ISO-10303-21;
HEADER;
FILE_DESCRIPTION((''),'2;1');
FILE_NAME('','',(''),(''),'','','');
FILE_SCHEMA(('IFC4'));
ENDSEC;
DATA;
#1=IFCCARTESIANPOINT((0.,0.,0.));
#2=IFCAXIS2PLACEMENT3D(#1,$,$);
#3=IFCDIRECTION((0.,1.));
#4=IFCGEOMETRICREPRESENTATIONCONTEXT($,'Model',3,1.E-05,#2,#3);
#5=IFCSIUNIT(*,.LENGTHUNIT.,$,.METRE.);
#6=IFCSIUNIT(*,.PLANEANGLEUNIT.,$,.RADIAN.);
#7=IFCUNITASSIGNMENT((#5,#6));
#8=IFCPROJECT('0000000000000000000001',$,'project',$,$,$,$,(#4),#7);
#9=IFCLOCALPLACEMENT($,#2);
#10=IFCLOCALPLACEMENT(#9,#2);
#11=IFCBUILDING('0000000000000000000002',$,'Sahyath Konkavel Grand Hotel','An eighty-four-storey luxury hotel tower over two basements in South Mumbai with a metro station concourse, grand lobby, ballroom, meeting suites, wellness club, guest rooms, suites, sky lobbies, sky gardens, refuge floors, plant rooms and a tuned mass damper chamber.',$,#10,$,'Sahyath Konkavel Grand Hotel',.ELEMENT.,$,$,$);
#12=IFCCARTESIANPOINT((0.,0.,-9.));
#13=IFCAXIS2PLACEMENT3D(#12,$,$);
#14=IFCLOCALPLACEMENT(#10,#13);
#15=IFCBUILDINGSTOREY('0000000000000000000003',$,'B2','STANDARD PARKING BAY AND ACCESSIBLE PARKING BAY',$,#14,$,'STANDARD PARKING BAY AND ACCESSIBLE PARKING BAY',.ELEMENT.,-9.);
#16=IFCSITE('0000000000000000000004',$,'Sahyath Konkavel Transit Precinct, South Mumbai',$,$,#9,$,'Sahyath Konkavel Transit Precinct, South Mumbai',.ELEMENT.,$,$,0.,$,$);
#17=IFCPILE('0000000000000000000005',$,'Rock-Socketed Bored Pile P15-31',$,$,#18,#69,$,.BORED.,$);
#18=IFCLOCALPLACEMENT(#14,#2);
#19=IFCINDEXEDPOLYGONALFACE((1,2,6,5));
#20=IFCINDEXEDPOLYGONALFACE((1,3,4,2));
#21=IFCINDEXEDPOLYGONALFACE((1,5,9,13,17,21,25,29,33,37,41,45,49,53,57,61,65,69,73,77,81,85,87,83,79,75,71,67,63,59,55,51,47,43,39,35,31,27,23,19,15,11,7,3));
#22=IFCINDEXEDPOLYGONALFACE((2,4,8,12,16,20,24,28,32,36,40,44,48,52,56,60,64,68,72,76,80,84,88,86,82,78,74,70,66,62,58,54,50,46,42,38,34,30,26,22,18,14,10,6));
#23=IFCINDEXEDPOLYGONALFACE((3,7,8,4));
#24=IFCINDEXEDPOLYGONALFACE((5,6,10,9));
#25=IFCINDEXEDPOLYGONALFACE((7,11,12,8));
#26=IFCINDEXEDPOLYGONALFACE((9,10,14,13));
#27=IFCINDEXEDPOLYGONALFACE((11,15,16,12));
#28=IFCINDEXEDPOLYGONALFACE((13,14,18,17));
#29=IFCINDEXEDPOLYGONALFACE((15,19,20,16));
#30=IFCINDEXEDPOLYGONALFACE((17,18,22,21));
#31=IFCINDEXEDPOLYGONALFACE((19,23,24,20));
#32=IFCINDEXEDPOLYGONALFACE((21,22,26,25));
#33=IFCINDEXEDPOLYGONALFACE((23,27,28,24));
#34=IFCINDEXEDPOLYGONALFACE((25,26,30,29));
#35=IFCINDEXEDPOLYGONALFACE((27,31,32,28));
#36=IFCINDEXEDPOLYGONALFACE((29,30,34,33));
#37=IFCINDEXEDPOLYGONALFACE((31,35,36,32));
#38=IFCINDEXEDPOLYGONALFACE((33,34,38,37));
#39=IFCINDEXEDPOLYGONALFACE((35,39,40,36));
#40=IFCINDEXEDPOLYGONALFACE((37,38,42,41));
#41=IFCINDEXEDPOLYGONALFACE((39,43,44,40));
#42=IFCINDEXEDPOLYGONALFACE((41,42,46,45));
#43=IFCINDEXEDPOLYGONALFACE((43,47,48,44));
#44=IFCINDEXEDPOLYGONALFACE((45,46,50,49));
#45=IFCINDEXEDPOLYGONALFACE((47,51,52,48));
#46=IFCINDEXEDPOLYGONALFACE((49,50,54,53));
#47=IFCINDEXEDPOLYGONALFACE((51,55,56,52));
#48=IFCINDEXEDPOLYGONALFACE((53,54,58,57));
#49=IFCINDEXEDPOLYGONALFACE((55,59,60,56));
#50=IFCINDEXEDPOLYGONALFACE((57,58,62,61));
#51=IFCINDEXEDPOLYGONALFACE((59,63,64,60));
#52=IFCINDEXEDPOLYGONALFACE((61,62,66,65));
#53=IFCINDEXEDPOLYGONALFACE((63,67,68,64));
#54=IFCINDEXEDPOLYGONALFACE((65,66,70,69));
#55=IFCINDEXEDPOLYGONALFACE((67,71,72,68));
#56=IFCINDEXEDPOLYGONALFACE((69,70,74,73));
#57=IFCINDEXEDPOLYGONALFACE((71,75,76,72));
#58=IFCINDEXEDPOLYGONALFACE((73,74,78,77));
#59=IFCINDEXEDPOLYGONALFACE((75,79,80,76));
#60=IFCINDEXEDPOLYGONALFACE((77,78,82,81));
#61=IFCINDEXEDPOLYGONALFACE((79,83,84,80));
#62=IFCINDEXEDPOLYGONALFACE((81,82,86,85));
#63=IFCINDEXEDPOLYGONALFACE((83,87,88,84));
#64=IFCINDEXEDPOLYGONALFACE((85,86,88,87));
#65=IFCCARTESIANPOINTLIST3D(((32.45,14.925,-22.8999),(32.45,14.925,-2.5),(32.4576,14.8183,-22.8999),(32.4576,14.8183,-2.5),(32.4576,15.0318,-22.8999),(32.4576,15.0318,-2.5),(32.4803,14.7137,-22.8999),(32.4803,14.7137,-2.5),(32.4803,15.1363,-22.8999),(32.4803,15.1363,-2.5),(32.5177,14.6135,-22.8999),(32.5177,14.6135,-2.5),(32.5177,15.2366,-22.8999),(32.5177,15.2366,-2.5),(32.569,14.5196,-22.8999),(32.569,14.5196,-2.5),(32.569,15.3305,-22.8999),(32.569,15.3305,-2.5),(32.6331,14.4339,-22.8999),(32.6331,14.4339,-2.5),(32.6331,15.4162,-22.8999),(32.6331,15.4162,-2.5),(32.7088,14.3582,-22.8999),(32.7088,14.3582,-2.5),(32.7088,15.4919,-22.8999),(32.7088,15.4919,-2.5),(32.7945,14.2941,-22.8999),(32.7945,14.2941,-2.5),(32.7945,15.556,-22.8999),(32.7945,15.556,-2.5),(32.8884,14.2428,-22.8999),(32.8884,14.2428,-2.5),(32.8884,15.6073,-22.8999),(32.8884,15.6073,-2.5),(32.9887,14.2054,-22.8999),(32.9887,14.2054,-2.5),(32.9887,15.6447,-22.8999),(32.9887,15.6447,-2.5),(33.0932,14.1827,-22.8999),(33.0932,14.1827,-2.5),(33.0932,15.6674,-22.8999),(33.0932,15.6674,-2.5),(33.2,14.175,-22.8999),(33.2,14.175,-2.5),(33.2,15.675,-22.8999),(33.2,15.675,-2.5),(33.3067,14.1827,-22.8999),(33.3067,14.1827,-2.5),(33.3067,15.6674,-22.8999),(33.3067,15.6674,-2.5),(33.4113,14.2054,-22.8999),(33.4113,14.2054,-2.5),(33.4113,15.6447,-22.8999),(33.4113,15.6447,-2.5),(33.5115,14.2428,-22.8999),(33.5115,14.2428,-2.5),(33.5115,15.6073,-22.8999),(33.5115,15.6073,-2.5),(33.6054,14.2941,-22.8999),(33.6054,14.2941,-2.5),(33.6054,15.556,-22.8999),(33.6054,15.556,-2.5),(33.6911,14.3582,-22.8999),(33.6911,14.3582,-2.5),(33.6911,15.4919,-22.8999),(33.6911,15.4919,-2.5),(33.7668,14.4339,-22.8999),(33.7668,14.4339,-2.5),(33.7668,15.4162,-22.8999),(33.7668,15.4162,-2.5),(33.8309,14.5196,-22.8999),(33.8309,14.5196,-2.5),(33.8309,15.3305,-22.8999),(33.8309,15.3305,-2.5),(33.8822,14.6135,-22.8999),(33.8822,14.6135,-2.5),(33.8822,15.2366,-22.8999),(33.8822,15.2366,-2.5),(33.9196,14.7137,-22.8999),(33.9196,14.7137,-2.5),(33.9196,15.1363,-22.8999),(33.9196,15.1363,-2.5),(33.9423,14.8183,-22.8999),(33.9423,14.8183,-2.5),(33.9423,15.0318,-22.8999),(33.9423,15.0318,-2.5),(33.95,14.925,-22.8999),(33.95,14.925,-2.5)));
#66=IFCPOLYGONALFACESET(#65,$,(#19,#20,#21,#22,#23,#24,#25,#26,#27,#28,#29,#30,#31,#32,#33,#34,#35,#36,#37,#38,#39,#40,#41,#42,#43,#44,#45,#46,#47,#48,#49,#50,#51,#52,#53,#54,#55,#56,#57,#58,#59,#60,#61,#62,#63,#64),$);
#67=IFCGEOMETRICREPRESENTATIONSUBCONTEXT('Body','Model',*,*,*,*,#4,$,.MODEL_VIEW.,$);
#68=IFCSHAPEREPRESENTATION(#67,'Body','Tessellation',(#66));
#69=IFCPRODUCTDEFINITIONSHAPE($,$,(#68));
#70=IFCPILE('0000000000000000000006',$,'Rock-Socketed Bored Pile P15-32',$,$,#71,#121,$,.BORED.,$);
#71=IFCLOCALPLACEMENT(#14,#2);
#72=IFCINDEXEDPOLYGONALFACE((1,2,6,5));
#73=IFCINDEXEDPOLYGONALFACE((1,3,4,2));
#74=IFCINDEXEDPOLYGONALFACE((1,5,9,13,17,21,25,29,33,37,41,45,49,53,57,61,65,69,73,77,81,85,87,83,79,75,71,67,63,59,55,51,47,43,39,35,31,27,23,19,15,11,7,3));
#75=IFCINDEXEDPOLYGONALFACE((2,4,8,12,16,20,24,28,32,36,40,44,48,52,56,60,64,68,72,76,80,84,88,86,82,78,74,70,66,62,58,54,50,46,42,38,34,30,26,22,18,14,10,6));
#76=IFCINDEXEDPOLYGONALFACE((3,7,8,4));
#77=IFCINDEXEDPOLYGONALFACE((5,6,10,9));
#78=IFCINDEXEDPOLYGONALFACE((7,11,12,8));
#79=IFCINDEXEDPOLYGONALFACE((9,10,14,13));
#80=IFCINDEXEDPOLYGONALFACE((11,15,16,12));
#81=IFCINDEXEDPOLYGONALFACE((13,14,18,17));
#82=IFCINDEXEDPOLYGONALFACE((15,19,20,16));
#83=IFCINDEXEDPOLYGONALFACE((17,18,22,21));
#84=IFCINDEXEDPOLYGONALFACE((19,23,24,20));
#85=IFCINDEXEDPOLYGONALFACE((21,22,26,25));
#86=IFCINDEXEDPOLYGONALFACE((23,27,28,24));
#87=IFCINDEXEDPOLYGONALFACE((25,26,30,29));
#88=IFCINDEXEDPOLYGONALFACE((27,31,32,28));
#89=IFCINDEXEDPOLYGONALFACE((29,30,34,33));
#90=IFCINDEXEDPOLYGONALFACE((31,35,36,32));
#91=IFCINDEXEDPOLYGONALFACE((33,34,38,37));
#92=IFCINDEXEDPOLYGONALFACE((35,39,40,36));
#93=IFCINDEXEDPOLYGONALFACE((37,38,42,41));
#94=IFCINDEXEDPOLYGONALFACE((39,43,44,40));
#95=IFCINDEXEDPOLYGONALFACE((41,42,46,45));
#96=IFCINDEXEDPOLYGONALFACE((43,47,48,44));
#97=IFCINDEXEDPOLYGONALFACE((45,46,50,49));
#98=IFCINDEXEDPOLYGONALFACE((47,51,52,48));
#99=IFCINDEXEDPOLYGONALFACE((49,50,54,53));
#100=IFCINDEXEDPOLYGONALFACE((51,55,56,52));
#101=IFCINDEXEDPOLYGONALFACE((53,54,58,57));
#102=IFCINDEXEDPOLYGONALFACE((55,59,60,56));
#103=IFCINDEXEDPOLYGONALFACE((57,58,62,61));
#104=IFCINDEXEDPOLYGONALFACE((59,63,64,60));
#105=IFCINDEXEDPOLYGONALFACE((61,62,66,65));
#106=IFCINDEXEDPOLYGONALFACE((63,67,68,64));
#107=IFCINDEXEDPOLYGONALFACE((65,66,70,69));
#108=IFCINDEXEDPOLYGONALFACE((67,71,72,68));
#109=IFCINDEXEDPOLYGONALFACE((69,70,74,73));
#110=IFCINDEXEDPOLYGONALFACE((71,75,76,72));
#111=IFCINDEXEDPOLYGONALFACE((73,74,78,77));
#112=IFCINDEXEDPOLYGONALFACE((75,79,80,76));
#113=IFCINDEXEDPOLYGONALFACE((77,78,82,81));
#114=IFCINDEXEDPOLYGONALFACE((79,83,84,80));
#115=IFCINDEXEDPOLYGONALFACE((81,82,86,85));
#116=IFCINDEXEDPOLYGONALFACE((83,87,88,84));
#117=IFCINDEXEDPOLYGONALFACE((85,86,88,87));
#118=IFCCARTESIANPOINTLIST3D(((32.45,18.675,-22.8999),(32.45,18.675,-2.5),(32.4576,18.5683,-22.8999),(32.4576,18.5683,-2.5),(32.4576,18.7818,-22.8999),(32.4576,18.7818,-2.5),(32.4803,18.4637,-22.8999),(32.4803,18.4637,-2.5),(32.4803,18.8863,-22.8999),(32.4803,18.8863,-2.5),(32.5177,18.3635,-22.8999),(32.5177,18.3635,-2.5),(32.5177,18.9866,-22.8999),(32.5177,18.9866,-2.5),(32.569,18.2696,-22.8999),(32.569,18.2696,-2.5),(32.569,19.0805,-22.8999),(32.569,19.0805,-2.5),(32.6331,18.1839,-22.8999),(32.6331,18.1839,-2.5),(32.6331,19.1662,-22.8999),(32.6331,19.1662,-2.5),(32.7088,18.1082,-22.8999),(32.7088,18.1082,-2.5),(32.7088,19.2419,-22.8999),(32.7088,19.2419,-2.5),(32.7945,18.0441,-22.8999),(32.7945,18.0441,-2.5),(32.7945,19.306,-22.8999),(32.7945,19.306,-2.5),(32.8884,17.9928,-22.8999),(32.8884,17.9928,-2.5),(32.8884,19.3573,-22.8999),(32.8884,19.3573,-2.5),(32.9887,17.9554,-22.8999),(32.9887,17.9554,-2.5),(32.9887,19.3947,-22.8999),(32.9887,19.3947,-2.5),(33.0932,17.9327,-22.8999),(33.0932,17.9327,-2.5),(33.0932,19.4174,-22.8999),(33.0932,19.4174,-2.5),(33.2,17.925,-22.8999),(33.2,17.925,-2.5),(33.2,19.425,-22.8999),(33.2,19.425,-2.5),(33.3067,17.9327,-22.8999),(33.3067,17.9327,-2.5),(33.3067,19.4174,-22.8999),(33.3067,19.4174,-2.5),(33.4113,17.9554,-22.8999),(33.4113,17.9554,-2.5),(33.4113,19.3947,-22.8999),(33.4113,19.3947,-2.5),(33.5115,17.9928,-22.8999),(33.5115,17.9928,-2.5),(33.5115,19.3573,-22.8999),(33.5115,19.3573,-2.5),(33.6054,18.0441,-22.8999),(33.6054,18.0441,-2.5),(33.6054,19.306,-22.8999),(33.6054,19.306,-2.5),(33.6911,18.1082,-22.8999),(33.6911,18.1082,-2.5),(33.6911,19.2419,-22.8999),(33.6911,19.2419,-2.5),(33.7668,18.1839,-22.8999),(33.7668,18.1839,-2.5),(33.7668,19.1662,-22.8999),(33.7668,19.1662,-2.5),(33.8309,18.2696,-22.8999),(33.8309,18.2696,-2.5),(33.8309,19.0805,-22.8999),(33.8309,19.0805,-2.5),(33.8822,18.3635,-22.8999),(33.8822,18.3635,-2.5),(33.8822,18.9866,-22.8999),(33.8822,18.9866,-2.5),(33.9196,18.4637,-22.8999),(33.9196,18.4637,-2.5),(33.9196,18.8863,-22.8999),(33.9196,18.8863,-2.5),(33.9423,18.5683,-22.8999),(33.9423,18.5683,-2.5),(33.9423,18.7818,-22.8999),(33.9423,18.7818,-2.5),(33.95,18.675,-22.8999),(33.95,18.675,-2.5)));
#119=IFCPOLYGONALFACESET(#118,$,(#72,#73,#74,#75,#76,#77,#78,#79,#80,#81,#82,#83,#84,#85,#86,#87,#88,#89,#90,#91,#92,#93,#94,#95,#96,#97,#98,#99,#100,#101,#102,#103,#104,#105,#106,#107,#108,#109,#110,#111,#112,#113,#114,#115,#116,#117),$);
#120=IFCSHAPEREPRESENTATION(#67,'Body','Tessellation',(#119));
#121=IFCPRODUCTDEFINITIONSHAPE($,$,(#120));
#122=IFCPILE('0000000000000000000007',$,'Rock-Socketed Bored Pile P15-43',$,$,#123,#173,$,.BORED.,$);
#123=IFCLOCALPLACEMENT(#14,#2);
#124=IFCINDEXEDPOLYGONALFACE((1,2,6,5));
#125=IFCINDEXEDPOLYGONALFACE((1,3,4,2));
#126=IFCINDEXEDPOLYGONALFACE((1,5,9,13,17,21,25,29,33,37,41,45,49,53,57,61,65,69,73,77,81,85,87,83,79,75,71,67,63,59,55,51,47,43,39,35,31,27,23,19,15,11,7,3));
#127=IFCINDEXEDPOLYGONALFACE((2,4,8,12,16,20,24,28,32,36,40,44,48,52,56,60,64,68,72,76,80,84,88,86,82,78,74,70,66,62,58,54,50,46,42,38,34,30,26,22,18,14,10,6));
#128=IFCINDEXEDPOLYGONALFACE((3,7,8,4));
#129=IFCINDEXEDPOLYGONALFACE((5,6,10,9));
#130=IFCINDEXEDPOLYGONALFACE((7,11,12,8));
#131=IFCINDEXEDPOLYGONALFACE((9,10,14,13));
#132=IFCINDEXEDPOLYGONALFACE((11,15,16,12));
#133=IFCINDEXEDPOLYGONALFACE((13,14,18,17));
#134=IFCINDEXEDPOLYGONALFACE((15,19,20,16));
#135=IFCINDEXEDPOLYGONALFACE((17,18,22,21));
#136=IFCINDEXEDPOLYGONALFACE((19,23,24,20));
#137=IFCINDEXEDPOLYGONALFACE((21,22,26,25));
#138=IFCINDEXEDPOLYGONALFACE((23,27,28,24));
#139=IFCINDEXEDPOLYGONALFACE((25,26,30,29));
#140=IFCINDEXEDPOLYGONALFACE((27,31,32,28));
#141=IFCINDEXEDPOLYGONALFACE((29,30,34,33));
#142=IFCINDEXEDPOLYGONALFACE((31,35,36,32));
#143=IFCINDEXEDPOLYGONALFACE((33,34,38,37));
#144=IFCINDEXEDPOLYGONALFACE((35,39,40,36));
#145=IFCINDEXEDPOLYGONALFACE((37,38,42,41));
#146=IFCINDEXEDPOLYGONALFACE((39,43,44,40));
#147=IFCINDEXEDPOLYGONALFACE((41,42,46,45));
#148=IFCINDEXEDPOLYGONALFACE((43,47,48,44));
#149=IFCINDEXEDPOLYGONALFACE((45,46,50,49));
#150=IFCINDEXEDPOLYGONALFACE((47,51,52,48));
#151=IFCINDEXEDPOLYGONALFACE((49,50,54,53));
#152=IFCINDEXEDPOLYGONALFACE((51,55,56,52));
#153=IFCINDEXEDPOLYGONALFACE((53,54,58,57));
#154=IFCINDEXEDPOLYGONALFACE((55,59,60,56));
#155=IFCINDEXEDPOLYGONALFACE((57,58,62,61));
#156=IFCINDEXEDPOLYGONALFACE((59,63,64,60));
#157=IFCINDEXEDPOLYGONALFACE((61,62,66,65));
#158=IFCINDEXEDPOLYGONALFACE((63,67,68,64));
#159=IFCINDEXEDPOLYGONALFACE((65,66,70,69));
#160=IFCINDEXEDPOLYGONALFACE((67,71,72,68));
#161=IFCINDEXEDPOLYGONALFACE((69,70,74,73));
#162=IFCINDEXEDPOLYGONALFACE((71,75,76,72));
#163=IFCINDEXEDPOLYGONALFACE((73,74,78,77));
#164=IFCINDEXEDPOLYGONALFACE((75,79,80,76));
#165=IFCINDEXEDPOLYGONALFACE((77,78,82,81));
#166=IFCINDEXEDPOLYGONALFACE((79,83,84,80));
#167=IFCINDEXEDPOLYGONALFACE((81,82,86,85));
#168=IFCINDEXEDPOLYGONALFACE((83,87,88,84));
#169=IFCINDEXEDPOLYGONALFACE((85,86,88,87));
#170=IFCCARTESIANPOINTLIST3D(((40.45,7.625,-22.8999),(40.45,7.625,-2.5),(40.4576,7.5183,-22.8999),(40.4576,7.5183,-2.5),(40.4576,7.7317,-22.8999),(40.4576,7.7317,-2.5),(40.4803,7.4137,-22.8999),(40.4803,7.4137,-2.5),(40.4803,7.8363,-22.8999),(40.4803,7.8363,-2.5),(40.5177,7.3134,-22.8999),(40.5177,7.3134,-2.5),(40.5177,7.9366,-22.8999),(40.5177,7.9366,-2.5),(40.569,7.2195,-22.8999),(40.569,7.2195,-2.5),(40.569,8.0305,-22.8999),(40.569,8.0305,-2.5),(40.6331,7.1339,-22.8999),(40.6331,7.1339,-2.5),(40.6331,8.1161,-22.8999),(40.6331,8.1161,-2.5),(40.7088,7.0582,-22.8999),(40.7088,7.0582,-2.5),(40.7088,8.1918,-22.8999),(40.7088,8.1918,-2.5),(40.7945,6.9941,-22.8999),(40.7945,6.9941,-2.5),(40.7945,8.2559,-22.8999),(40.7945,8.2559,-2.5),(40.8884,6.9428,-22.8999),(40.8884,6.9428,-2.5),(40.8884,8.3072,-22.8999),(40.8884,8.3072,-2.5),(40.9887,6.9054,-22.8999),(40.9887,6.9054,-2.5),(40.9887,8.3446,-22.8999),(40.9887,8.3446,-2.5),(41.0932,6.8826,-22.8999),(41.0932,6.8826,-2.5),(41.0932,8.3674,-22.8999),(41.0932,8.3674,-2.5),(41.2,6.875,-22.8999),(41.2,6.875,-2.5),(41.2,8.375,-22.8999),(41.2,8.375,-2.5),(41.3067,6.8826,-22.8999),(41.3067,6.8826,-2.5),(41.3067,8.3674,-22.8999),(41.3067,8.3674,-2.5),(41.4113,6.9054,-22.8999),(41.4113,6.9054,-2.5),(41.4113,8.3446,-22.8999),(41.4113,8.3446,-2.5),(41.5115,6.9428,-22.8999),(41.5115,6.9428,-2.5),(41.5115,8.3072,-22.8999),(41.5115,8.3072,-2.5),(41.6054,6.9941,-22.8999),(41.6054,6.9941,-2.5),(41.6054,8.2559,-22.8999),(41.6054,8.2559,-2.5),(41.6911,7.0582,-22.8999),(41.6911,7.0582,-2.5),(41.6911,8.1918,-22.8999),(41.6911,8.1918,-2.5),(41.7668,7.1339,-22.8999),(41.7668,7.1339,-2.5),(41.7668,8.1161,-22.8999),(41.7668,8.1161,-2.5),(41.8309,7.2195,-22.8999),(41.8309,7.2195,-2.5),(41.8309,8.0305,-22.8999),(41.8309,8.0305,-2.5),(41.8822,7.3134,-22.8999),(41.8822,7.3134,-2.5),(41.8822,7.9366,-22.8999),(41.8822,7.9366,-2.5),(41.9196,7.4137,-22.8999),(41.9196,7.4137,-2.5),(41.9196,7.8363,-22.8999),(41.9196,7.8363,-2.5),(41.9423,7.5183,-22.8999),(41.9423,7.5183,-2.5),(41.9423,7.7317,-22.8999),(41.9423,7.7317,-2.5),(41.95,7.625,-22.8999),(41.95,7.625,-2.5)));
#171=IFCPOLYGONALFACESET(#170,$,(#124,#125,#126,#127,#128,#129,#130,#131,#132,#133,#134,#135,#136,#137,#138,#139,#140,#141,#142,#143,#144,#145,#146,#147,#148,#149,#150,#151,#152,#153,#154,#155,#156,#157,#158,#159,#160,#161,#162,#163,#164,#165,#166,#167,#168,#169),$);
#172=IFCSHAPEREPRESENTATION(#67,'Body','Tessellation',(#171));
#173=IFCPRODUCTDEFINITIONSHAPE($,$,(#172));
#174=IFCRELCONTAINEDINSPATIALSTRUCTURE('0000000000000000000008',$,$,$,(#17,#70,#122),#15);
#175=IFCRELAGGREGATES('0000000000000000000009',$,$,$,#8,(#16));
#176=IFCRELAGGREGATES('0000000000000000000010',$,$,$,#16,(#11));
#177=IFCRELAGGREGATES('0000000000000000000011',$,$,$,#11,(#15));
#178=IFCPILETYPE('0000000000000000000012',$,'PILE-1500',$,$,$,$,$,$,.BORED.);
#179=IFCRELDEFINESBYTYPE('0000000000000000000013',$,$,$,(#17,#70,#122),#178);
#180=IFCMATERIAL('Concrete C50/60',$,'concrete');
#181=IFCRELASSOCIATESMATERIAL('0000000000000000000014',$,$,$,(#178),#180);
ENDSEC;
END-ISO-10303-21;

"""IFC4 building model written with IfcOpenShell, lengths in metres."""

from ifc_helpers import new_model, si_unit, direction, frame, origin, origin_2d, place, context, subcontext, project, spatial, circle, extrude, material, material_profile, profile_set, type_object, element, save


model = new_model("IFC4")

# Units and contexts
model_context = context("Model", 3, precision=1e-05, world=origin(), true_north=direction((0.0, 1.0)))
body_context = subcontext(model_context, "Body", "Model", "MODEL_VIEW")
ifc_project = project(units=[si_unit("LENGTHUNIT", "METRE"), si_unit("PLANEANGLEUNIT", "RADIAN")], contexts=[model_context])

# Site, building, storey
site_placement = place(None, origin())
site = spatial("IfcSite", under=ifc_project, at=site_placement, Name="Sahyath Konkavel Transit Precinct, South Mumbai", LongName="Sahyath Konkavel Transit Precinct, South Mumbai", CompositionType="ELEMENT", RefElevation=0.0)
building_placement = place(site_placement, origin())
building = spatial("IfcBuilding", under=site, at=building_placement, Name="Sahyath Konkavel Grand Hotel", Description="An eighty-four-storey luxury hotel tower over two basements in South Mumbai with a metro station concourse, grand lobby, ballroom, meeting suites, wellness club, guest rooms, suites, sky lobbies, sky gardens, refuge floors, plant rooms and a tuned mass damper chamber.", LongName="Sahyath Konkavel Grand Hotel", CompositionType="ELEMENT")
storey_placement = place(building_placement, frame((0.0, 0.0, -9.0)))
storey = spatial("IfcBuildingStorey", under=building, at=storey_placement, Name="B2", Description="STANDARD PARKING BAY AND ACCESSIBLE PARKING BAY", LongName="STANDARD PARKING BAY AND ACCESSIBLE PARKING BAY", CompositionType="ELEMENT", Elevation=-9.0)

# Piles
ifc_material_1 = material(Name="Concrete C50/60", Category="concrete")
ifc_material_profile_1 = material_profile(ifc_material_1, circle(Radius=0.75, at=origin_2d()), Name="PILE D1500")
ifc_profile_set_1 = profile_set([ifc_material_profile_1], Name="Concrete C50/60")
pile_type = type_object("IfcPileType", Name="PILE-1500", PredefinedType="BORED", material=ifc_profile_set_1)
for number, where, z_axis, x_axis, name in (
    (1, (33.2, 14.925, -2.5), (0.0, 0.0, -1.0), (1.0, 0.0, 0.0), "Rock-Socketed Bored Pile P15-31"),
    (2, (33.2, 18.675, -2.5), (0.0, 0.0, -1.0), (1.0, 0.0, 0.0), "Rock-Socketed Bored Pile P15-32"),
    (3, (41.2, 7.625, -2.5), (0.0, 0.0, -1.0), (1.0, 0.0, 0.0), "Rock-Socketed Bored Pile P15-43"),
):
    element("IfcPile", number, at=place(storey_placement, frame(where, z_axis=z_axis, x_axis=x_axis)), inside=storey, type_object=pile_type, Name=name, PredefinedType="BORED", context=body_context, shape_type="SweptSolid", body=[
        extrude(circle(Radius=0.75, at=origin_2d()), origin(), (0.0, 0.0, 1.0), 20.3999),
    ])

save(model, "model.ifc")
